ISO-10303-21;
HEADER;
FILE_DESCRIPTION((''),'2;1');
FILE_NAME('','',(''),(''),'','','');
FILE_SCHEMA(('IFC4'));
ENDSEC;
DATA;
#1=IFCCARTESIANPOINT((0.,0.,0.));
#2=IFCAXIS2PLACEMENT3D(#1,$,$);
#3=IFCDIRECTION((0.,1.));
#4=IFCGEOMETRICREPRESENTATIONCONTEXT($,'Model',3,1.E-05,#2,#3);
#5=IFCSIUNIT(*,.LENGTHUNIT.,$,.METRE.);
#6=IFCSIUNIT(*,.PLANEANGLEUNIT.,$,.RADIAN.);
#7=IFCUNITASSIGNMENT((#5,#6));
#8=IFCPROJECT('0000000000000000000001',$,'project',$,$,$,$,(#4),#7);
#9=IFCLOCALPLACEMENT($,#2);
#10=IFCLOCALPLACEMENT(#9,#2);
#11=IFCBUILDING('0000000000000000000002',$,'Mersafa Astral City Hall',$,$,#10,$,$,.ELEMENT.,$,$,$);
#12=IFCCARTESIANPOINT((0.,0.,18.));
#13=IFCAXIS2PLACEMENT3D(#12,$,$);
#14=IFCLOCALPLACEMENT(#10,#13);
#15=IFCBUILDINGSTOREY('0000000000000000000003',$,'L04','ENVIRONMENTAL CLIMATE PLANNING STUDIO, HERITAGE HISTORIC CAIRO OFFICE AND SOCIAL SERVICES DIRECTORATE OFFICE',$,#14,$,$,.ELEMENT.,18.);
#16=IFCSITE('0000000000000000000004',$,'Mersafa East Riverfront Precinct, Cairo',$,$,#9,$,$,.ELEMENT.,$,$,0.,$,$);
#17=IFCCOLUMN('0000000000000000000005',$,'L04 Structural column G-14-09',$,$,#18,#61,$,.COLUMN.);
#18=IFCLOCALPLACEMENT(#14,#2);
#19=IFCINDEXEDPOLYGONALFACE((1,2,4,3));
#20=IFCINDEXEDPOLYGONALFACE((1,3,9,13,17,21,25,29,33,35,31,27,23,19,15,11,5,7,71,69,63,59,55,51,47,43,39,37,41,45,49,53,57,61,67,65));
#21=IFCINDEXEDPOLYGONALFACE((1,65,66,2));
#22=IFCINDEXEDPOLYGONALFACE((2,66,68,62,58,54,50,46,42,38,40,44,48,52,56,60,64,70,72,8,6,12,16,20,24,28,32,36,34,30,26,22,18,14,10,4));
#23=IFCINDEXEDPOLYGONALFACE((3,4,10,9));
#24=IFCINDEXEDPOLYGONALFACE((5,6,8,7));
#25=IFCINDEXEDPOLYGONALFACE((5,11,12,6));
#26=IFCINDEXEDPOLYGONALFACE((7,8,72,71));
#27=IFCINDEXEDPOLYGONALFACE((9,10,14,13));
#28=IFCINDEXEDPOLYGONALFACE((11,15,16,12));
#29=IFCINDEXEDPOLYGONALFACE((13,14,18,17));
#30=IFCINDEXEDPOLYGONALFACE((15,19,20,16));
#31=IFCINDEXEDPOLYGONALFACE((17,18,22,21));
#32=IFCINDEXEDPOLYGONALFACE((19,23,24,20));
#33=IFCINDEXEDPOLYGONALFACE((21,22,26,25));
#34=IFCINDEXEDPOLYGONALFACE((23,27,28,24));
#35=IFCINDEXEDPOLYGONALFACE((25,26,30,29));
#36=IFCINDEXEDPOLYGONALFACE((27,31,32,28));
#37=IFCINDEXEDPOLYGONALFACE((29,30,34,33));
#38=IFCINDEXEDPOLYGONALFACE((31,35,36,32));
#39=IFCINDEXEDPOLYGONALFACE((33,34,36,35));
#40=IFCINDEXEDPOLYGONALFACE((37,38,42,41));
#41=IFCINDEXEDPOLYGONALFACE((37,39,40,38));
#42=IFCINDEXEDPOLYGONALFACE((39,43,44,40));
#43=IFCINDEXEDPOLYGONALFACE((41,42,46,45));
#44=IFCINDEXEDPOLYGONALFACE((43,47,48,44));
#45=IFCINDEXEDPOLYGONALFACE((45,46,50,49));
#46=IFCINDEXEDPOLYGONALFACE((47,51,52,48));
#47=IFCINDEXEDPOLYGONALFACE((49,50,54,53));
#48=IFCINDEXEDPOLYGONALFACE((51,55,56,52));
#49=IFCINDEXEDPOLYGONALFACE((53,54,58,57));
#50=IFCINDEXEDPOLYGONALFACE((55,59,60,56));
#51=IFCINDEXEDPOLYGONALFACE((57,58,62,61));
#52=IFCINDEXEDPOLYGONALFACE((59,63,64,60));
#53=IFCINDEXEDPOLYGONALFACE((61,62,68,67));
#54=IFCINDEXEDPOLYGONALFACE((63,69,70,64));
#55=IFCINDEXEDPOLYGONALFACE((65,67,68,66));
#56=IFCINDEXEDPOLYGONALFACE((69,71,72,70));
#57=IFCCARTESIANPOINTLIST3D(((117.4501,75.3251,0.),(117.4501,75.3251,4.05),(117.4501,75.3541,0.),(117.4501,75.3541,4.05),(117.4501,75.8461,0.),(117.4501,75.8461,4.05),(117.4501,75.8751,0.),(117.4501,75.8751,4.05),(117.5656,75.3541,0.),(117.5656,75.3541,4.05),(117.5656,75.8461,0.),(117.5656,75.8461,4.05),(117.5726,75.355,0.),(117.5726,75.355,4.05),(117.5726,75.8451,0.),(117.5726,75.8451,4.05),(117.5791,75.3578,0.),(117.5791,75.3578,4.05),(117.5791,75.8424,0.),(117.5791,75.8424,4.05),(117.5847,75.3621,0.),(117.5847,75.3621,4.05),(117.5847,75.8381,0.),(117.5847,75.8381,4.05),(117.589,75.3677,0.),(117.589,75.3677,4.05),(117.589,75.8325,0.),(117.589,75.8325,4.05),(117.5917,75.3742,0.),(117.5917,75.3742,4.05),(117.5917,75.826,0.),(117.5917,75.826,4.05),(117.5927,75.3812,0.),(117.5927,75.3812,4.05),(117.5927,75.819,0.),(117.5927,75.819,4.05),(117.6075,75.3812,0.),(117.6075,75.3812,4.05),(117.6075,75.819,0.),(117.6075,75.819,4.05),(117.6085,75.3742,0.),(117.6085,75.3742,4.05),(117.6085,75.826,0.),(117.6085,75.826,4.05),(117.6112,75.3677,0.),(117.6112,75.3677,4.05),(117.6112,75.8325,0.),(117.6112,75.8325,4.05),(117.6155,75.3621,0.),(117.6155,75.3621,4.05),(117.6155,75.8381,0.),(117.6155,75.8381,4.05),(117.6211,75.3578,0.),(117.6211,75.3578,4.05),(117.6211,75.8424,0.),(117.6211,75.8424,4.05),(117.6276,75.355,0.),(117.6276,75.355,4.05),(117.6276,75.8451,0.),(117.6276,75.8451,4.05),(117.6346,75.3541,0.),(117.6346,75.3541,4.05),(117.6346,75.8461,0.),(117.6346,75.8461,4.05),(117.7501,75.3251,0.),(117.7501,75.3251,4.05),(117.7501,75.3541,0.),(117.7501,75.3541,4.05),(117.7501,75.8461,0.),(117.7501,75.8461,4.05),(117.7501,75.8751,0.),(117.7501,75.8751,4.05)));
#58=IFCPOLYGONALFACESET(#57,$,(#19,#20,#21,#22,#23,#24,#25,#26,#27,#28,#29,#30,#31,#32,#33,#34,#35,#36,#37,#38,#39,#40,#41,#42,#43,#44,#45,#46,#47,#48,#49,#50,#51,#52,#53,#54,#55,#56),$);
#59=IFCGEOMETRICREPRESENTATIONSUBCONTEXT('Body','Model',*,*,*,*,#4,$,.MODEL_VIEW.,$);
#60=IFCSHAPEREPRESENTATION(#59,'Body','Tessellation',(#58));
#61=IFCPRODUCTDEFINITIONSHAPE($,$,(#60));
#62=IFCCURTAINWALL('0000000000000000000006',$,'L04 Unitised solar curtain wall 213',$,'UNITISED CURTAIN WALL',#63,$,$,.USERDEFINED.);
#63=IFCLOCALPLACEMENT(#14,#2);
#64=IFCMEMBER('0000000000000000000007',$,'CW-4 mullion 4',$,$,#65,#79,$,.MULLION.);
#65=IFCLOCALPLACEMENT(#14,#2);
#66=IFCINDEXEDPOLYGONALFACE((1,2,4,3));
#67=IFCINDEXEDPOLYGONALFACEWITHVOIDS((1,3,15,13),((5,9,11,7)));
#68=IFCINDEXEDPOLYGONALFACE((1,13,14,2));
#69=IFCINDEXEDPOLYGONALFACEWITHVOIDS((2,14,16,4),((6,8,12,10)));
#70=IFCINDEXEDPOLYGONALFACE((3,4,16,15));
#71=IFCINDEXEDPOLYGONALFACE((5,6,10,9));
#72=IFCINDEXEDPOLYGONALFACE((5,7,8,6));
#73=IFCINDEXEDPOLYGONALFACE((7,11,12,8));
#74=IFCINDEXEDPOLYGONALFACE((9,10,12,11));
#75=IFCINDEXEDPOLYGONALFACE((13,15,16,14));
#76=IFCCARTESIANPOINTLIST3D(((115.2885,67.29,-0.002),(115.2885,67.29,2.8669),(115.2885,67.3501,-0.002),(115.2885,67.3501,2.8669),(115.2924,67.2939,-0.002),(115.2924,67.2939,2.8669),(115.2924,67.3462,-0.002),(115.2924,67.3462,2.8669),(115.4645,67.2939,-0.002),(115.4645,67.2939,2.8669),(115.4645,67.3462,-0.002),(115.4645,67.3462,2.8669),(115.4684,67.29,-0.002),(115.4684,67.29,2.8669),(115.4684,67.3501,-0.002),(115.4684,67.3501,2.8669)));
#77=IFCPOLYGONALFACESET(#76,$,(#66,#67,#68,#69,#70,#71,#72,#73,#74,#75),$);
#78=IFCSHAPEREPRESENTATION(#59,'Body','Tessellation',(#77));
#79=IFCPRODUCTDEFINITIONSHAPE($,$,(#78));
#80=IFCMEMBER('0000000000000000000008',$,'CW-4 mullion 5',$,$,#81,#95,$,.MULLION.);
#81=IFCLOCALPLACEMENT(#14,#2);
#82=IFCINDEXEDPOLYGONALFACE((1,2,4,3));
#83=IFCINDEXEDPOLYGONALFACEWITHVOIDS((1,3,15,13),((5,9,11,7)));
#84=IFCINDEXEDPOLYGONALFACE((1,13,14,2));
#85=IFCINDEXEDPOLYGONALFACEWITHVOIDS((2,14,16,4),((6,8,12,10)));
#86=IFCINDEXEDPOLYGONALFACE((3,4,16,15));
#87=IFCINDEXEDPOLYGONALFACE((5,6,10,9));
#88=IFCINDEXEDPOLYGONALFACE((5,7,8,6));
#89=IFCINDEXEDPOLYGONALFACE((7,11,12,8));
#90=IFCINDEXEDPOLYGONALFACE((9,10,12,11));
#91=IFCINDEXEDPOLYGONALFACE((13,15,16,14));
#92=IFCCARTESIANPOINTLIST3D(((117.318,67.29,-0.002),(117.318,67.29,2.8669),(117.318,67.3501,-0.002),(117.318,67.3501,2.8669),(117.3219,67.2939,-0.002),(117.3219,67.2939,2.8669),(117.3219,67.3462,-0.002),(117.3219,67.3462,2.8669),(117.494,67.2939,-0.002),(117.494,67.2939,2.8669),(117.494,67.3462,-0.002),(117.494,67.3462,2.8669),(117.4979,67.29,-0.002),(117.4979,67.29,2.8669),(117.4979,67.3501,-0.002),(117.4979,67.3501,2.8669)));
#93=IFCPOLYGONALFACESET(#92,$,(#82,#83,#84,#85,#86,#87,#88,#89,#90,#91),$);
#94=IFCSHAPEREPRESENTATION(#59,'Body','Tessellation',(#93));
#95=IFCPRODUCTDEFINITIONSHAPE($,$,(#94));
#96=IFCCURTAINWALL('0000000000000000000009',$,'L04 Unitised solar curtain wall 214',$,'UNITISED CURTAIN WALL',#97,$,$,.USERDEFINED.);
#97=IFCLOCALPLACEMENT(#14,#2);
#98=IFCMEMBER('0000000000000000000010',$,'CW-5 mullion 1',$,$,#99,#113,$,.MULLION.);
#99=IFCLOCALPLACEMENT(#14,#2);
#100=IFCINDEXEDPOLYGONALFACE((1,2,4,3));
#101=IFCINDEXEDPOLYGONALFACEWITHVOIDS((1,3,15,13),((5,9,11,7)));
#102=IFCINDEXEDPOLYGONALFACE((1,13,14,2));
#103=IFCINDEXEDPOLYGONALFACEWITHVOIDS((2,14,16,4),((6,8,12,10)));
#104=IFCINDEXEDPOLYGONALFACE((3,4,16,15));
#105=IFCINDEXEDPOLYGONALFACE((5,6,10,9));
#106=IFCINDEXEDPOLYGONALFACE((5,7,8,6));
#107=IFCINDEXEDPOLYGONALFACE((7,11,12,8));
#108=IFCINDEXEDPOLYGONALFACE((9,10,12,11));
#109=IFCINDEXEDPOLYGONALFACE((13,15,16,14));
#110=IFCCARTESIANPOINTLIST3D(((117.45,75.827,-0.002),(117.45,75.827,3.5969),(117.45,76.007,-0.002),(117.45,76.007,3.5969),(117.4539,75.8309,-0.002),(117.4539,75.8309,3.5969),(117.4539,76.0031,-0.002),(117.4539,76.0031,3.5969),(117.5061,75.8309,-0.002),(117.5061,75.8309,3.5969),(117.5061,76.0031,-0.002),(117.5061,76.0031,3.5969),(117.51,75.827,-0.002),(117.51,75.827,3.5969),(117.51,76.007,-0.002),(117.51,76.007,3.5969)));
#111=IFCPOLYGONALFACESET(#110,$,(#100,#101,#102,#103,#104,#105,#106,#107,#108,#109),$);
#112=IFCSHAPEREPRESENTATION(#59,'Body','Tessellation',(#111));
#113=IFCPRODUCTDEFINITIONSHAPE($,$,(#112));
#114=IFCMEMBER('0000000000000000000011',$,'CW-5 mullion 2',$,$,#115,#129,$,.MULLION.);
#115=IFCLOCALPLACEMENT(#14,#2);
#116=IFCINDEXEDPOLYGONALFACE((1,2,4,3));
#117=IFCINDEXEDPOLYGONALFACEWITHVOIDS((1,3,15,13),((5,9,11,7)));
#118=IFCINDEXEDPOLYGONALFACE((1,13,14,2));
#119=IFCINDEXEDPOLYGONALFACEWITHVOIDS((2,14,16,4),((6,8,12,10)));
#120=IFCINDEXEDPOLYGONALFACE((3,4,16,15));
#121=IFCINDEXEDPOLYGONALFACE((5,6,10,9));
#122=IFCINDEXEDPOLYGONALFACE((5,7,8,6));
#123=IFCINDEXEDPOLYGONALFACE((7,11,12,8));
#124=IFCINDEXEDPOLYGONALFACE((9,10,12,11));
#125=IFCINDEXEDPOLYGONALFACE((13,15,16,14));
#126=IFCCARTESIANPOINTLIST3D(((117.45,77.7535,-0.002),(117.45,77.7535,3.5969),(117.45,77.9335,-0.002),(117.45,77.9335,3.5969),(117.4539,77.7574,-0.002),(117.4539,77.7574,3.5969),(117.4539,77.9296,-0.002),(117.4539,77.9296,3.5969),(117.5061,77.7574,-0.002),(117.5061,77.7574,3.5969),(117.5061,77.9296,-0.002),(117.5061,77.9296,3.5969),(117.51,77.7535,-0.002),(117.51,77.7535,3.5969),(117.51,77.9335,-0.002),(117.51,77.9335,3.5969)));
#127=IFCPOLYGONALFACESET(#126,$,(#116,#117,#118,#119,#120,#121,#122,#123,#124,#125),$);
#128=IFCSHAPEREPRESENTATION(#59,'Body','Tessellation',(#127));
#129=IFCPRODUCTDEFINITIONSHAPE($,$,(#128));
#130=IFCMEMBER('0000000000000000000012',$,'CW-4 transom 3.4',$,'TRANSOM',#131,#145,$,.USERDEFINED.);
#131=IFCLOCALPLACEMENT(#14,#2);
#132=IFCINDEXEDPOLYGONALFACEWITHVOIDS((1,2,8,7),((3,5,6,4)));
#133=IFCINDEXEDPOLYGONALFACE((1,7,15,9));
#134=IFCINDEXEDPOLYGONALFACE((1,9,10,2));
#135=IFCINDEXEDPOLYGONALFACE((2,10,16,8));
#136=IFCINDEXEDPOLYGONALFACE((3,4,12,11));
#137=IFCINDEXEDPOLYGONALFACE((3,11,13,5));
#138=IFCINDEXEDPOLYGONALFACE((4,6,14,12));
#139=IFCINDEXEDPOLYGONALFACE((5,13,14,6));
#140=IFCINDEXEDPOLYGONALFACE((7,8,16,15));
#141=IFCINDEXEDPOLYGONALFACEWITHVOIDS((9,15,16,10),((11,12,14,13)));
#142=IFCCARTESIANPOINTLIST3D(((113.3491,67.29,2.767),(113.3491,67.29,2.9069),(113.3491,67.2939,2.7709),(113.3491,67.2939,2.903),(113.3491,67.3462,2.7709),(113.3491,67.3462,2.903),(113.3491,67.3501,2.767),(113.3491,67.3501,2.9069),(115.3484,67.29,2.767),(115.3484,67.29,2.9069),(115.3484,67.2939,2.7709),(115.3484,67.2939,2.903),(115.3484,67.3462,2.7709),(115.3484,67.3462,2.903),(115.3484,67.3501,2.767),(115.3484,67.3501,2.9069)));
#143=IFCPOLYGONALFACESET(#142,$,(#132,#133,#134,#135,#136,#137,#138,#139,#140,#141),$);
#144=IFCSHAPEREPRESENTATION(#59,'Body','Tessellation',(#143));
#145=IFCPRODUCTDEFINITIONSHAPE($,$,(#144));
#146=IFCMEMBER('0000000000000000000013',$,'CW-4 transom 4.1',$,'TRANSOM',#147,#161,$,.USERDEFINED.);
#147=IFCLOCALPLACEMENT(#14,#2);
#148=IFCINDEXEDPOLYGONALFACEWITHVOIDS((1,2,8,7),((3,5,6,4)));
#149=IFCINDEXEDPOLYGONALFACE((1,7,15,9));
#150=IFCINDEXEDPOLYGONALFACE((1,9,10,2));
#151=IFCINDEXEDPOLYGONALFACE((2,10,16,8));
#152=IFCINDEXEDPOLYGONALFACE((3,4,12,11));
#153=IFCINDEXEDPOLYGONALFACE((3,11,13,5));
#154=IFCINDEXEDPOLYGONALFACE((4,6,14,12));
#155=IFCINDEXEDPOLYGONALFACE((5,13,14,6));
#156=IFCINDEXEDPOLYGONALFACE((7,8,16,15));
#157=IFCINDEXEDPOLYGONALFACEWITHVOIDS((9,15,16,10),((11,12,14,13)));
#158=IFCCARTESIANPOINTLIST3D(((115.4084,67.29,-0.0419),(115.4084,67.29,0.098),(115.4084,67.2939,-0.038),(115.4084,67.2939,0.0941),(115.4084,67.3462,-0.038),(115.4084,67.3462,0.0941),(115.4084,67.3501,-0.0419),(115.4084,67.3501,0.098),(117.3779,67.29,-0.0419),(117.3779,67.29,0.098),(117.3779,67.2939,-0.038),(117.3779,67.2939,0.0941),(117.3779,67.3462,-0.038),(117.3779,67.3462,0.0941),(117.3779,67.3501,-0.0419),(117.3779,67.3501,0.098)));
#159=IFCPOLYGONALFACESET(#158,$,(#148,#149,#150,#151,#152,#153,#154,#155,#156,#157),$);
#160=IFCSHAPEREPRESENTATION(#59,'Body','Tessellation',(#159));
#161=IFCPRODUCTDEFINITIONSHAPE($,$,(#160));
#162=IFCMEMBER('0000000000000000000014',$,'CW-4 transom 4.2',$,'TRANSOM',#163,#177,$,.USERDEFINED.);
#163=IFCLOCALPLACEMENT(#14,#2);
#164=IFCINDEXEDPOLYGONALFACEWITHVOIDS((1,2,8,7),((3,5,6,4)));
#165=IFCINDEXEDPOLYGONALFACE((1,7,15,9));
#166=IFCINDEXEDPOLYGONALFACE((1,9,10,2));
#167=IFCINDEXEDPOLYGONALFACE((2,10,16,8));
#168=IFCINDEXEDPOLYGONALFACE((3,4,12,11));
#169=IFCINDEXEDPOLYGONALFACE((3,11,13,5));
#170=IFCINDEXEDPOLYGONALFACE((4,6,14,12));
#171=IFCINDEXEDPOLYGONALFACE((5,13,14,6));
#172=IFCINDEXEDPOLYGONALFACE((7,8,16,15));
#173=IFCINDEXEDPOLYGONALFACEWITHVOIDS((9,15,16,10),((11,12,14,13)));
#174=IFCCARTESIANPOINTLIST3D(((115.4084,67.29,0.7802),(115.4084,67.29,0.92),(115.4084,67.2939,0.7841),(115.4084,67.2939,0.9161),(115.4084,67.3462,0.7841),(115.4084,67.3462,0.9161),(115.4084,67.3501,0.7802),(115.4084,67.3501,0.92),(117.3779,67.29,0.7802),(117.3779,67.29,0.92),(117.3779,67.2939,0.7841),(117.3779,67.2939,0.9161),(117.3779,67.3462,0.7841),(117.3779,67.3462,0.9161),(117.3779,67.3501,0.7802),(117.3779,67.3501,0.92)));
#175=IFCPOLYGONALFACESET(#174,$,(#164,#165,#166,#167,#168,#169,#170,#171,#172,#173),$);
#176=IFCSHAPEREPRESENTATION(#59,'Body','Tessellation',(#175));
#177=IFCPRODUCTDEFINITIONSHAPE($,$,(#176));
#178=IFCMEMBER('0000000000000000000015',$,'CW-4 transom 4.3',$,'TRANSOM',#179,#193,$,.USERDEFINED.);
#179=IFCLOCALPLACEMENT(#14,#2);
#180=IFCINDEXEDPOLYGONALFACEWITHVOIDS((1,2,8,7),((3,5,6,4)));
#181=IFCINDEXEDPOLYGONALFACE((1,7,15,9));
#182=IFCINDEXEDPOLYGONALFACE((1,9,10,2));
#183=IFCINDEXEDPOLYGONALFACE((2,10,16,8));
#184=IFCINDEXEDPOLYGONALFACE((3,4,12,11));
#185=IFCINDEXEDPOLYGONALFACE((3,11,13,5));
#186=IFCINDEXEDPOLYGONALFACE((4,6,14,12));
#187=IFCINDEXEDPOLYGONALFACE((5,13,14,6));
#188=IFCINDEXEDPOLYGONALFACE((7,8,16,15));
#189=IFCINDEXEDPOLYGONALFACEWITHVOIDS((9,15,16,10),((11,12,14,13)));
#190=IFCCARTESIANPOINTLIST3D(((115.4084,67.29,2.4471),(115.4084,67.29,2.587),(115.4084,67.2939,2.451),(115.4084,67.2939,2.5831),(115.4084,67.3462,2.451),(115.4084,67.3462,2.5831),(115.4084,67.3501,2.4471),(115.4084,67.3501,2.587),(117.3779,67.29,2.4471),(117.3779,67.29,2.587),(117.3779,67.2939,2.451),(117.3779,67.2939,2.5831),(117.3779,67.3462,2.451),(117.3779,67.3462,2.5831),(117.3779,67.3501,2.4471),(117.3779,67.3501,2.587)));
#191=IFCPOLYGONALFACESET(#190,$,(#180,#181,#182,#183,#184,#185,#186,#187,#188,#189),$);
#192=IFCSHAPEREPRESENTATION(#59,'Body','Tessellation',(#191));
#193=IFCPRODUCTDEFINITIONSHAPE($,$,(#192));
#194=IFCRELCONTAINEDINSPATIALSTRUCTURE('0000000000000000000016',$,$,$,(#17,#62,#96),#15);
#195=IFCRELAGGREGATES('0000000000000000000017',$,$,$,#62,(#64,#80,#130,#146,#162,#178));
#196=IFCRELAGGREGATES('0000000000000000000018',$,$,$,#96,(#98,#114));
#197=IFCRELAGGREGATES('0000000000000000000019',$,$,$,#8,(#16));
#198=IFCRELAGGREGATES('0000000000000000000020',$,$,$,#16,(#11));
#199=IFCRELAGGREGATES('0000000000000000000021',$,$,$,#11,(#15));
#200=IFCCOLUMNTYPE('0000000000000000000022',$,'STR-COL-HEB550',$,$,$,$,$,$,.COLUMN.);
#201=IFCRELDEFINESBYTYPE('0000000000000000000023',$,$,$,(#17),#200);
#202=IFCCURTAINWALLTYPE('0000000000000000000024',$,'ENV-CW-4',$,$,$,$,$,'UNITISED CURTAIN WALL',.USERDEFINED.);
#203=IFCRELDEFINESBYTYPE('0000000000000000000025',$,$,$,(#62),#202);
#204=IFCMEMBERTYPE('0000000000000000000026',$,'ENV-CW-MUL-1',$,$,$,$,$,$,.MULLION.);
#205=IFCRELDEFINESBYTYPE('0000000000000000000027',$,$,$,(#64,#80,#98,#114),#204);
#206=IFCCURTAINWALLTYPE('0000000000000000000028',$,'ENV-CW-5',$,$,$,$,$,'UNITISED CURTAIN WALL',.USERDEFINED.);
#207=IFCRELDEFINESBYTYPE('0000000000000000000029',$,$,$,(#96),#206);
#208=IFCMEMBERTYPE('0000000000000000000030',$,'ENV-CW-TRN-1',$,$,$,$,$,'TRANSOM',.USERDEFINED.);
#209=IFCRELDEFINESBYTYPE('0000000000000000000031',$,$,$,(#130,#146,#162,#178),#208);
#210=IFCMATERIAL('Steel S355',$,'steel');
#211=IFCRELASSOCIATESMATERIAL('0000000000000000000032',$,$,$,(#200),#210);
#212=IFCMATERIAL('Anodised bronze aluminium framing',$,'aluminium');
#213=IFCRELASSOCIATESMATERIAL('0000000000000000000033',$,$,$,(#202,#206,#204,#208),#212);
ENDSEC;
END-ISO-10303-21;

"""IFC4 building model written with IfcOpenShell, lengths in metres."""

from ifc_helpers import new_model, si_unit, direction, frame, origin, origin_2d, place, context, subcontext, project, spatial, hollow_rectangle, i_section, extrude, material, material_profile, profile_set, type_object, element, aggregate, save


model = new_model("IFC4")

# Units and contexts
model_context = context("Model", 3, precision=1e-05, world=origin(), true_north=direction((0.0, 1.0)))
body_context = subcontext(model_context, "Body", "Model", "MODEL_VIEW")
ifc_project = project(units=[si_unit("LENGTHUNIT", "METRE"), si_unit("PLANEANGLEUNIT", "RADIAN")], contexts=[model_context])

# Site, building, storey
site_placement = place(None, origin())
site = spatial("IfcSite", under=ifc_project, at=site_placement, Name="Mersafa East Riverfront Precinct, Cairo", CompositionType="ELEMENT", RefElevation=0.0)
building_placement = place(site_placement, origin())
building = spatial("IfcBuilding", under=site, at=building_placement, Name="Mersafa Astral City Hall", CompositionType="ELEMENT")
storey_placement = place(building_placement, frame((0.0, 0.0, 18.0)))
storey = spatial("IfcBuildingStorey", under=building, at=storey_placement, Name="L04", Description="ENVIRONMENTAL CLIMATE PLANNING STUDIO, HERITAGE HISTORIC CAIRO OFFICE AND SOCIAL SERVICES DIRECTORATE OFFICE", CompositionType="ELEMENT", Elevation=18.0)

# Column
ifc_material_1 = material(Name="Steel S355", Category="steel")
ifc_material_profile_1 = material_profile(ifc_material_1, i_section(OverallWidth=0.3, OverallDepth=0.55, WebThickness=0.0149, FlangeThickness=0.0291, FilletRadius=0.0271, at=origin_2d()), Name="HEB 550")
ifc_profile_set_1 = profile_set([ifc_material_profile_1], Name="Steel S355")
column_type = type_object("IfcColumnType", Name="STR-COL-HEB550", PredefinedType="COLUMN", material=ifc_profile_set_1)
column_placement = place(storey_placement, frame((117.6001, 75.6001, 0.0), z_axis=(0.0, 0.0, 1.0), x_axis=(1.0, 0.0, 0.0)))
element("IfcColumn", 1, at=column_placement, inside=storey, type_object=column_type, Name="L04 Structural column G-14-09", PredefinedType="COLUMN", context=body_context, shape_type="SweptSolid", body=[
    extrude(i_section(OverallWidth=0.3, OverallDepth=0.55, WebThickness=0.0149, FlangeThickness=0.0291, FilletRadius=0.0271, at=origin_2d()), origin(), (0.0, 0.0, 1.0), 4.05),
])

# Curtain walls, members
ifc_material_2 = material(Name="Anodised bronze aluminium framing", Category="aluminium")
curtain_wall_type_1 = type_object("IfcCurtainWallType", Name="ENV-CW-4", ElementType="UNITISED CURTAIN WALL", PredefinedType="USERDEFINED", material=ifc_material_2)
curtain_wall_1_placement = place(storey_placement, origin())
curtain_wall_1 = element("IfcCurtainWall", 2, at=curtain_wall_1_placement, inside=storey, type_object=curtain_wall_type_1, Name="L04 Unitised solar curtain wall 213", ObjectType="UNITISED CURTAIN WALL", PredefinedType="USERDEFINED")
ifc_material_profile_2 = material_profile(ifc_material_2, hollow_rectangle(XDim=0.0601, YDim=0.1799, WallThickness=0.0039, at=origin_2d()), Name="RHS 60x180x4")
ifc_profile_set_2 = profile_set([ifc_material_profile_2], Name="Anodised bronze aluminium framing")
member_type_1 = type_object("IfcMemberType", Name="ENV-CW-MUL-1", PredefinedType="MULLION", material=ifc_profile_set_2)
member_1_placement = place(storey_placement, frame((115.3784, 67.3201, -0.002), z_axis=(0.0, 0.0, 1.0), x_axis=(0.0, 1.0, 0.0)))
member_1 = element("IfcMember", 3, at=member_1_placement, type_object=member_type_1, Name="CW-4 mullion 4", PredefinedType="MULLION", context=body_context, shape_type="SweptSolid", body=[
    extrude(hollow_rectangle(XDim=0.0601, YDim=0.1799, WallThickness=0.0039, at=origin_2d()), origin(), (0.0, 0.0, 1.0), 2.8689),
])
member_2_placement = place(storey_placement, frame((117.408, 67.3201, -0.002), z_axis=(0.0, 0.0, 1.0), x_axis=(0.0, 1.0, 0.0)))
member_2 = element("IfcMember", 4, at=member_2_placement, type_object=member_type_1, Name="CW-4 mullion 5", PredefinedType="MULLION", context=body_context, shape_type="SweptSolid", body=[
    extrude(hollow_rectangle(XDim=0.0601, YDim=0.1799, WallThickness=0.0039, at=origin_2d()), origin(), (0.0, 0.0, 1.0), 2.8689),
])
curtain_wall_type_2 = type_object("IfcCurtainWallType", Name="ENV-CW-5", ElementType="UNITISED CURTAIN WALL", PredefinedType="USERDEFINED", material=ifc_material_2)
curtain_wall_2_placement = place(storey_placement, origin())
curtain_wall_2 = element("IfcCurtainWall", 5, at=curtain_wall_2_placement, inside=storey, type_object=curtain_wall_type_2, Name="L04 Unitised solar curtain wall 214", ObjectType="UNITISED CURTAIN WALL", PredefinedType="USERDEFINED")
member_3_placement = place(storey_placement, frame((117.48, 75.917, -0.002), z_axis=(0.0, 0.0, 1.0), x_axis=(-1.0, 0.0, 0.0)))
member_3 = element("IfcMember", 6, at=member_3_placement, type_object=member_type_1, Name="CW-5 mullion 1", PredefinedType="MULLION", context=body_context, shape_type="SweptSolid", body=[
    extrude(hollow_rectangle(XDim=0.0601, YDim=0.1799, WallThickness=0.0039, at=origin_2d()), origin(), (0.0, 0.0, 1.0), 3.5989),
])
member_4_placement = place(storey_placement, frame((117.48, 77.8435, -0.002), z_axis=(0.0, 0.0, 1.0), x_axis=(-1.0, 0.0, 0.0)))
member_4 = element("IfcMember", 7, at=member_4_placement, type_object=member_type_1, Name="CW-5 mullion 2", PredefinedType="MULLION", context=body_context, shape_type="SweptSolid", body=[
    extrude(hollow_rectangle(XDim=0.0601, YDim=0.1799, WallThickness=0.0039, at=origin_2d()), origin(), (0.0, 0.0, 1.0), 3.5989),
])

# Members
ifc_material_profile_3 = material_profile(ifc_material_2, hollow_rectangle(XDim=0.0601, YDim=0.1399, WallThickness=0.0039, at=origin_2d()), Name="RHS 60x140x4")
ifc_profile_set_3 = profile_set([ifc_material_profile_3], Name="Anodised bronze aluminium framing")
member_type_2 = type_object("IfcMemberType", Name="ENV-CW-TRN-1", ElementType="TRANSOM", PredefinedType="USERDEFINED", material=ifc_profile_set_3)
member_5_placement = place(storey_placement, frame((113.3491, 67.3201, 2.8369), z_axis=(1.0, 0.0, 0.0), x_axis=(0.0, 1.0, 0.0)))
member_5 = element("IfcMember", 8, at=member_5_placement, type_object=member_type_2, Name="CW-4 transom 3.4", ObjectType="TRANSOM", PredefinedType="USERDEFINED", context=body_context, shape_type="SweptSolid", body=[
    extrude(hollow_rectangle(XDim=0.0601, YDim=0.1399, WallThickness=0.0039, at=origin_2d()), origin(), (0.0, 0.0, 1.0), 1.9993),
])
member_6_placement = place(storey_placement, frame((115.4084, 67.3201, 0.0281), z_axis=(1.0, 0.0, 0.0), x_axis=(0.0, 1.0, 0.0)))
member_6 = element("IfcMember", 9, at=member_6_placement, type_object=member_type_2, Name="CW-4 transom 4.1", ObjectType="TRANSOM", PredefinedType="USERDEFINED", context=body_context, shape_type="SweptSolid", body=[
    extrude(hollow_rectangle(XDim=0.0601, YDim=0.1399, WallThickness=0.0039, at=origin_2d()), origin(), (0.0, 0.0, 1.0), 1.9695),
])
member_7_placement = place(storey_placement, frame((115.4084, 67.3201, 0.8501), z_axis=(1.0, 0.0, 0.0), x_axis=(0.0, 1.0, 0.0)))
member_7 = element("IfcMember", 10, at=member_7_placement, type_object=member_type_2, Name="CW-4 transom 4.2", ObjectType="TRANSOM", PredefinedType="USERDEFINED", context=body_context, shape_type="SweptSolid", body=[
    extrude(hollow_rectangle(XDim=0.0601, YDim=0.1399, WallThickness=0.0039, at=origin_2d()), origin(), (0.0, 0.0, 1.0), 1.9695),
])
member_8_placement = place(storey_placement, frame((115.4084, 67.3201, 2.5171), z_axis=(1.0, 0.0, 0.0), x_axis=(0.0, 1.0, 0.0)))
member_8 = element("IfcMember", 11, at=member_8_placement, type_object=member_type_2, Name="CW-4 transom 4.3", ObjectType="TRANSOM", PredefinedType="USERDEFINED", context=body_context, shape_type="SweptSolid", body=[
    extrude(hollow_rectangle(XDim=0.0601, YDim=0.1399, WallThickness=0.0039, at=origin_2d()), origin(), (0.0, 0.0, 1.0), 1.9695),
])

aggregate(curtain_wall_1, [member_1, member_2, member_5, member_6, member_7, member_8])
aggregate(curtain_wall_2, [member_3, member_4])

save(model, "model.ifc")
